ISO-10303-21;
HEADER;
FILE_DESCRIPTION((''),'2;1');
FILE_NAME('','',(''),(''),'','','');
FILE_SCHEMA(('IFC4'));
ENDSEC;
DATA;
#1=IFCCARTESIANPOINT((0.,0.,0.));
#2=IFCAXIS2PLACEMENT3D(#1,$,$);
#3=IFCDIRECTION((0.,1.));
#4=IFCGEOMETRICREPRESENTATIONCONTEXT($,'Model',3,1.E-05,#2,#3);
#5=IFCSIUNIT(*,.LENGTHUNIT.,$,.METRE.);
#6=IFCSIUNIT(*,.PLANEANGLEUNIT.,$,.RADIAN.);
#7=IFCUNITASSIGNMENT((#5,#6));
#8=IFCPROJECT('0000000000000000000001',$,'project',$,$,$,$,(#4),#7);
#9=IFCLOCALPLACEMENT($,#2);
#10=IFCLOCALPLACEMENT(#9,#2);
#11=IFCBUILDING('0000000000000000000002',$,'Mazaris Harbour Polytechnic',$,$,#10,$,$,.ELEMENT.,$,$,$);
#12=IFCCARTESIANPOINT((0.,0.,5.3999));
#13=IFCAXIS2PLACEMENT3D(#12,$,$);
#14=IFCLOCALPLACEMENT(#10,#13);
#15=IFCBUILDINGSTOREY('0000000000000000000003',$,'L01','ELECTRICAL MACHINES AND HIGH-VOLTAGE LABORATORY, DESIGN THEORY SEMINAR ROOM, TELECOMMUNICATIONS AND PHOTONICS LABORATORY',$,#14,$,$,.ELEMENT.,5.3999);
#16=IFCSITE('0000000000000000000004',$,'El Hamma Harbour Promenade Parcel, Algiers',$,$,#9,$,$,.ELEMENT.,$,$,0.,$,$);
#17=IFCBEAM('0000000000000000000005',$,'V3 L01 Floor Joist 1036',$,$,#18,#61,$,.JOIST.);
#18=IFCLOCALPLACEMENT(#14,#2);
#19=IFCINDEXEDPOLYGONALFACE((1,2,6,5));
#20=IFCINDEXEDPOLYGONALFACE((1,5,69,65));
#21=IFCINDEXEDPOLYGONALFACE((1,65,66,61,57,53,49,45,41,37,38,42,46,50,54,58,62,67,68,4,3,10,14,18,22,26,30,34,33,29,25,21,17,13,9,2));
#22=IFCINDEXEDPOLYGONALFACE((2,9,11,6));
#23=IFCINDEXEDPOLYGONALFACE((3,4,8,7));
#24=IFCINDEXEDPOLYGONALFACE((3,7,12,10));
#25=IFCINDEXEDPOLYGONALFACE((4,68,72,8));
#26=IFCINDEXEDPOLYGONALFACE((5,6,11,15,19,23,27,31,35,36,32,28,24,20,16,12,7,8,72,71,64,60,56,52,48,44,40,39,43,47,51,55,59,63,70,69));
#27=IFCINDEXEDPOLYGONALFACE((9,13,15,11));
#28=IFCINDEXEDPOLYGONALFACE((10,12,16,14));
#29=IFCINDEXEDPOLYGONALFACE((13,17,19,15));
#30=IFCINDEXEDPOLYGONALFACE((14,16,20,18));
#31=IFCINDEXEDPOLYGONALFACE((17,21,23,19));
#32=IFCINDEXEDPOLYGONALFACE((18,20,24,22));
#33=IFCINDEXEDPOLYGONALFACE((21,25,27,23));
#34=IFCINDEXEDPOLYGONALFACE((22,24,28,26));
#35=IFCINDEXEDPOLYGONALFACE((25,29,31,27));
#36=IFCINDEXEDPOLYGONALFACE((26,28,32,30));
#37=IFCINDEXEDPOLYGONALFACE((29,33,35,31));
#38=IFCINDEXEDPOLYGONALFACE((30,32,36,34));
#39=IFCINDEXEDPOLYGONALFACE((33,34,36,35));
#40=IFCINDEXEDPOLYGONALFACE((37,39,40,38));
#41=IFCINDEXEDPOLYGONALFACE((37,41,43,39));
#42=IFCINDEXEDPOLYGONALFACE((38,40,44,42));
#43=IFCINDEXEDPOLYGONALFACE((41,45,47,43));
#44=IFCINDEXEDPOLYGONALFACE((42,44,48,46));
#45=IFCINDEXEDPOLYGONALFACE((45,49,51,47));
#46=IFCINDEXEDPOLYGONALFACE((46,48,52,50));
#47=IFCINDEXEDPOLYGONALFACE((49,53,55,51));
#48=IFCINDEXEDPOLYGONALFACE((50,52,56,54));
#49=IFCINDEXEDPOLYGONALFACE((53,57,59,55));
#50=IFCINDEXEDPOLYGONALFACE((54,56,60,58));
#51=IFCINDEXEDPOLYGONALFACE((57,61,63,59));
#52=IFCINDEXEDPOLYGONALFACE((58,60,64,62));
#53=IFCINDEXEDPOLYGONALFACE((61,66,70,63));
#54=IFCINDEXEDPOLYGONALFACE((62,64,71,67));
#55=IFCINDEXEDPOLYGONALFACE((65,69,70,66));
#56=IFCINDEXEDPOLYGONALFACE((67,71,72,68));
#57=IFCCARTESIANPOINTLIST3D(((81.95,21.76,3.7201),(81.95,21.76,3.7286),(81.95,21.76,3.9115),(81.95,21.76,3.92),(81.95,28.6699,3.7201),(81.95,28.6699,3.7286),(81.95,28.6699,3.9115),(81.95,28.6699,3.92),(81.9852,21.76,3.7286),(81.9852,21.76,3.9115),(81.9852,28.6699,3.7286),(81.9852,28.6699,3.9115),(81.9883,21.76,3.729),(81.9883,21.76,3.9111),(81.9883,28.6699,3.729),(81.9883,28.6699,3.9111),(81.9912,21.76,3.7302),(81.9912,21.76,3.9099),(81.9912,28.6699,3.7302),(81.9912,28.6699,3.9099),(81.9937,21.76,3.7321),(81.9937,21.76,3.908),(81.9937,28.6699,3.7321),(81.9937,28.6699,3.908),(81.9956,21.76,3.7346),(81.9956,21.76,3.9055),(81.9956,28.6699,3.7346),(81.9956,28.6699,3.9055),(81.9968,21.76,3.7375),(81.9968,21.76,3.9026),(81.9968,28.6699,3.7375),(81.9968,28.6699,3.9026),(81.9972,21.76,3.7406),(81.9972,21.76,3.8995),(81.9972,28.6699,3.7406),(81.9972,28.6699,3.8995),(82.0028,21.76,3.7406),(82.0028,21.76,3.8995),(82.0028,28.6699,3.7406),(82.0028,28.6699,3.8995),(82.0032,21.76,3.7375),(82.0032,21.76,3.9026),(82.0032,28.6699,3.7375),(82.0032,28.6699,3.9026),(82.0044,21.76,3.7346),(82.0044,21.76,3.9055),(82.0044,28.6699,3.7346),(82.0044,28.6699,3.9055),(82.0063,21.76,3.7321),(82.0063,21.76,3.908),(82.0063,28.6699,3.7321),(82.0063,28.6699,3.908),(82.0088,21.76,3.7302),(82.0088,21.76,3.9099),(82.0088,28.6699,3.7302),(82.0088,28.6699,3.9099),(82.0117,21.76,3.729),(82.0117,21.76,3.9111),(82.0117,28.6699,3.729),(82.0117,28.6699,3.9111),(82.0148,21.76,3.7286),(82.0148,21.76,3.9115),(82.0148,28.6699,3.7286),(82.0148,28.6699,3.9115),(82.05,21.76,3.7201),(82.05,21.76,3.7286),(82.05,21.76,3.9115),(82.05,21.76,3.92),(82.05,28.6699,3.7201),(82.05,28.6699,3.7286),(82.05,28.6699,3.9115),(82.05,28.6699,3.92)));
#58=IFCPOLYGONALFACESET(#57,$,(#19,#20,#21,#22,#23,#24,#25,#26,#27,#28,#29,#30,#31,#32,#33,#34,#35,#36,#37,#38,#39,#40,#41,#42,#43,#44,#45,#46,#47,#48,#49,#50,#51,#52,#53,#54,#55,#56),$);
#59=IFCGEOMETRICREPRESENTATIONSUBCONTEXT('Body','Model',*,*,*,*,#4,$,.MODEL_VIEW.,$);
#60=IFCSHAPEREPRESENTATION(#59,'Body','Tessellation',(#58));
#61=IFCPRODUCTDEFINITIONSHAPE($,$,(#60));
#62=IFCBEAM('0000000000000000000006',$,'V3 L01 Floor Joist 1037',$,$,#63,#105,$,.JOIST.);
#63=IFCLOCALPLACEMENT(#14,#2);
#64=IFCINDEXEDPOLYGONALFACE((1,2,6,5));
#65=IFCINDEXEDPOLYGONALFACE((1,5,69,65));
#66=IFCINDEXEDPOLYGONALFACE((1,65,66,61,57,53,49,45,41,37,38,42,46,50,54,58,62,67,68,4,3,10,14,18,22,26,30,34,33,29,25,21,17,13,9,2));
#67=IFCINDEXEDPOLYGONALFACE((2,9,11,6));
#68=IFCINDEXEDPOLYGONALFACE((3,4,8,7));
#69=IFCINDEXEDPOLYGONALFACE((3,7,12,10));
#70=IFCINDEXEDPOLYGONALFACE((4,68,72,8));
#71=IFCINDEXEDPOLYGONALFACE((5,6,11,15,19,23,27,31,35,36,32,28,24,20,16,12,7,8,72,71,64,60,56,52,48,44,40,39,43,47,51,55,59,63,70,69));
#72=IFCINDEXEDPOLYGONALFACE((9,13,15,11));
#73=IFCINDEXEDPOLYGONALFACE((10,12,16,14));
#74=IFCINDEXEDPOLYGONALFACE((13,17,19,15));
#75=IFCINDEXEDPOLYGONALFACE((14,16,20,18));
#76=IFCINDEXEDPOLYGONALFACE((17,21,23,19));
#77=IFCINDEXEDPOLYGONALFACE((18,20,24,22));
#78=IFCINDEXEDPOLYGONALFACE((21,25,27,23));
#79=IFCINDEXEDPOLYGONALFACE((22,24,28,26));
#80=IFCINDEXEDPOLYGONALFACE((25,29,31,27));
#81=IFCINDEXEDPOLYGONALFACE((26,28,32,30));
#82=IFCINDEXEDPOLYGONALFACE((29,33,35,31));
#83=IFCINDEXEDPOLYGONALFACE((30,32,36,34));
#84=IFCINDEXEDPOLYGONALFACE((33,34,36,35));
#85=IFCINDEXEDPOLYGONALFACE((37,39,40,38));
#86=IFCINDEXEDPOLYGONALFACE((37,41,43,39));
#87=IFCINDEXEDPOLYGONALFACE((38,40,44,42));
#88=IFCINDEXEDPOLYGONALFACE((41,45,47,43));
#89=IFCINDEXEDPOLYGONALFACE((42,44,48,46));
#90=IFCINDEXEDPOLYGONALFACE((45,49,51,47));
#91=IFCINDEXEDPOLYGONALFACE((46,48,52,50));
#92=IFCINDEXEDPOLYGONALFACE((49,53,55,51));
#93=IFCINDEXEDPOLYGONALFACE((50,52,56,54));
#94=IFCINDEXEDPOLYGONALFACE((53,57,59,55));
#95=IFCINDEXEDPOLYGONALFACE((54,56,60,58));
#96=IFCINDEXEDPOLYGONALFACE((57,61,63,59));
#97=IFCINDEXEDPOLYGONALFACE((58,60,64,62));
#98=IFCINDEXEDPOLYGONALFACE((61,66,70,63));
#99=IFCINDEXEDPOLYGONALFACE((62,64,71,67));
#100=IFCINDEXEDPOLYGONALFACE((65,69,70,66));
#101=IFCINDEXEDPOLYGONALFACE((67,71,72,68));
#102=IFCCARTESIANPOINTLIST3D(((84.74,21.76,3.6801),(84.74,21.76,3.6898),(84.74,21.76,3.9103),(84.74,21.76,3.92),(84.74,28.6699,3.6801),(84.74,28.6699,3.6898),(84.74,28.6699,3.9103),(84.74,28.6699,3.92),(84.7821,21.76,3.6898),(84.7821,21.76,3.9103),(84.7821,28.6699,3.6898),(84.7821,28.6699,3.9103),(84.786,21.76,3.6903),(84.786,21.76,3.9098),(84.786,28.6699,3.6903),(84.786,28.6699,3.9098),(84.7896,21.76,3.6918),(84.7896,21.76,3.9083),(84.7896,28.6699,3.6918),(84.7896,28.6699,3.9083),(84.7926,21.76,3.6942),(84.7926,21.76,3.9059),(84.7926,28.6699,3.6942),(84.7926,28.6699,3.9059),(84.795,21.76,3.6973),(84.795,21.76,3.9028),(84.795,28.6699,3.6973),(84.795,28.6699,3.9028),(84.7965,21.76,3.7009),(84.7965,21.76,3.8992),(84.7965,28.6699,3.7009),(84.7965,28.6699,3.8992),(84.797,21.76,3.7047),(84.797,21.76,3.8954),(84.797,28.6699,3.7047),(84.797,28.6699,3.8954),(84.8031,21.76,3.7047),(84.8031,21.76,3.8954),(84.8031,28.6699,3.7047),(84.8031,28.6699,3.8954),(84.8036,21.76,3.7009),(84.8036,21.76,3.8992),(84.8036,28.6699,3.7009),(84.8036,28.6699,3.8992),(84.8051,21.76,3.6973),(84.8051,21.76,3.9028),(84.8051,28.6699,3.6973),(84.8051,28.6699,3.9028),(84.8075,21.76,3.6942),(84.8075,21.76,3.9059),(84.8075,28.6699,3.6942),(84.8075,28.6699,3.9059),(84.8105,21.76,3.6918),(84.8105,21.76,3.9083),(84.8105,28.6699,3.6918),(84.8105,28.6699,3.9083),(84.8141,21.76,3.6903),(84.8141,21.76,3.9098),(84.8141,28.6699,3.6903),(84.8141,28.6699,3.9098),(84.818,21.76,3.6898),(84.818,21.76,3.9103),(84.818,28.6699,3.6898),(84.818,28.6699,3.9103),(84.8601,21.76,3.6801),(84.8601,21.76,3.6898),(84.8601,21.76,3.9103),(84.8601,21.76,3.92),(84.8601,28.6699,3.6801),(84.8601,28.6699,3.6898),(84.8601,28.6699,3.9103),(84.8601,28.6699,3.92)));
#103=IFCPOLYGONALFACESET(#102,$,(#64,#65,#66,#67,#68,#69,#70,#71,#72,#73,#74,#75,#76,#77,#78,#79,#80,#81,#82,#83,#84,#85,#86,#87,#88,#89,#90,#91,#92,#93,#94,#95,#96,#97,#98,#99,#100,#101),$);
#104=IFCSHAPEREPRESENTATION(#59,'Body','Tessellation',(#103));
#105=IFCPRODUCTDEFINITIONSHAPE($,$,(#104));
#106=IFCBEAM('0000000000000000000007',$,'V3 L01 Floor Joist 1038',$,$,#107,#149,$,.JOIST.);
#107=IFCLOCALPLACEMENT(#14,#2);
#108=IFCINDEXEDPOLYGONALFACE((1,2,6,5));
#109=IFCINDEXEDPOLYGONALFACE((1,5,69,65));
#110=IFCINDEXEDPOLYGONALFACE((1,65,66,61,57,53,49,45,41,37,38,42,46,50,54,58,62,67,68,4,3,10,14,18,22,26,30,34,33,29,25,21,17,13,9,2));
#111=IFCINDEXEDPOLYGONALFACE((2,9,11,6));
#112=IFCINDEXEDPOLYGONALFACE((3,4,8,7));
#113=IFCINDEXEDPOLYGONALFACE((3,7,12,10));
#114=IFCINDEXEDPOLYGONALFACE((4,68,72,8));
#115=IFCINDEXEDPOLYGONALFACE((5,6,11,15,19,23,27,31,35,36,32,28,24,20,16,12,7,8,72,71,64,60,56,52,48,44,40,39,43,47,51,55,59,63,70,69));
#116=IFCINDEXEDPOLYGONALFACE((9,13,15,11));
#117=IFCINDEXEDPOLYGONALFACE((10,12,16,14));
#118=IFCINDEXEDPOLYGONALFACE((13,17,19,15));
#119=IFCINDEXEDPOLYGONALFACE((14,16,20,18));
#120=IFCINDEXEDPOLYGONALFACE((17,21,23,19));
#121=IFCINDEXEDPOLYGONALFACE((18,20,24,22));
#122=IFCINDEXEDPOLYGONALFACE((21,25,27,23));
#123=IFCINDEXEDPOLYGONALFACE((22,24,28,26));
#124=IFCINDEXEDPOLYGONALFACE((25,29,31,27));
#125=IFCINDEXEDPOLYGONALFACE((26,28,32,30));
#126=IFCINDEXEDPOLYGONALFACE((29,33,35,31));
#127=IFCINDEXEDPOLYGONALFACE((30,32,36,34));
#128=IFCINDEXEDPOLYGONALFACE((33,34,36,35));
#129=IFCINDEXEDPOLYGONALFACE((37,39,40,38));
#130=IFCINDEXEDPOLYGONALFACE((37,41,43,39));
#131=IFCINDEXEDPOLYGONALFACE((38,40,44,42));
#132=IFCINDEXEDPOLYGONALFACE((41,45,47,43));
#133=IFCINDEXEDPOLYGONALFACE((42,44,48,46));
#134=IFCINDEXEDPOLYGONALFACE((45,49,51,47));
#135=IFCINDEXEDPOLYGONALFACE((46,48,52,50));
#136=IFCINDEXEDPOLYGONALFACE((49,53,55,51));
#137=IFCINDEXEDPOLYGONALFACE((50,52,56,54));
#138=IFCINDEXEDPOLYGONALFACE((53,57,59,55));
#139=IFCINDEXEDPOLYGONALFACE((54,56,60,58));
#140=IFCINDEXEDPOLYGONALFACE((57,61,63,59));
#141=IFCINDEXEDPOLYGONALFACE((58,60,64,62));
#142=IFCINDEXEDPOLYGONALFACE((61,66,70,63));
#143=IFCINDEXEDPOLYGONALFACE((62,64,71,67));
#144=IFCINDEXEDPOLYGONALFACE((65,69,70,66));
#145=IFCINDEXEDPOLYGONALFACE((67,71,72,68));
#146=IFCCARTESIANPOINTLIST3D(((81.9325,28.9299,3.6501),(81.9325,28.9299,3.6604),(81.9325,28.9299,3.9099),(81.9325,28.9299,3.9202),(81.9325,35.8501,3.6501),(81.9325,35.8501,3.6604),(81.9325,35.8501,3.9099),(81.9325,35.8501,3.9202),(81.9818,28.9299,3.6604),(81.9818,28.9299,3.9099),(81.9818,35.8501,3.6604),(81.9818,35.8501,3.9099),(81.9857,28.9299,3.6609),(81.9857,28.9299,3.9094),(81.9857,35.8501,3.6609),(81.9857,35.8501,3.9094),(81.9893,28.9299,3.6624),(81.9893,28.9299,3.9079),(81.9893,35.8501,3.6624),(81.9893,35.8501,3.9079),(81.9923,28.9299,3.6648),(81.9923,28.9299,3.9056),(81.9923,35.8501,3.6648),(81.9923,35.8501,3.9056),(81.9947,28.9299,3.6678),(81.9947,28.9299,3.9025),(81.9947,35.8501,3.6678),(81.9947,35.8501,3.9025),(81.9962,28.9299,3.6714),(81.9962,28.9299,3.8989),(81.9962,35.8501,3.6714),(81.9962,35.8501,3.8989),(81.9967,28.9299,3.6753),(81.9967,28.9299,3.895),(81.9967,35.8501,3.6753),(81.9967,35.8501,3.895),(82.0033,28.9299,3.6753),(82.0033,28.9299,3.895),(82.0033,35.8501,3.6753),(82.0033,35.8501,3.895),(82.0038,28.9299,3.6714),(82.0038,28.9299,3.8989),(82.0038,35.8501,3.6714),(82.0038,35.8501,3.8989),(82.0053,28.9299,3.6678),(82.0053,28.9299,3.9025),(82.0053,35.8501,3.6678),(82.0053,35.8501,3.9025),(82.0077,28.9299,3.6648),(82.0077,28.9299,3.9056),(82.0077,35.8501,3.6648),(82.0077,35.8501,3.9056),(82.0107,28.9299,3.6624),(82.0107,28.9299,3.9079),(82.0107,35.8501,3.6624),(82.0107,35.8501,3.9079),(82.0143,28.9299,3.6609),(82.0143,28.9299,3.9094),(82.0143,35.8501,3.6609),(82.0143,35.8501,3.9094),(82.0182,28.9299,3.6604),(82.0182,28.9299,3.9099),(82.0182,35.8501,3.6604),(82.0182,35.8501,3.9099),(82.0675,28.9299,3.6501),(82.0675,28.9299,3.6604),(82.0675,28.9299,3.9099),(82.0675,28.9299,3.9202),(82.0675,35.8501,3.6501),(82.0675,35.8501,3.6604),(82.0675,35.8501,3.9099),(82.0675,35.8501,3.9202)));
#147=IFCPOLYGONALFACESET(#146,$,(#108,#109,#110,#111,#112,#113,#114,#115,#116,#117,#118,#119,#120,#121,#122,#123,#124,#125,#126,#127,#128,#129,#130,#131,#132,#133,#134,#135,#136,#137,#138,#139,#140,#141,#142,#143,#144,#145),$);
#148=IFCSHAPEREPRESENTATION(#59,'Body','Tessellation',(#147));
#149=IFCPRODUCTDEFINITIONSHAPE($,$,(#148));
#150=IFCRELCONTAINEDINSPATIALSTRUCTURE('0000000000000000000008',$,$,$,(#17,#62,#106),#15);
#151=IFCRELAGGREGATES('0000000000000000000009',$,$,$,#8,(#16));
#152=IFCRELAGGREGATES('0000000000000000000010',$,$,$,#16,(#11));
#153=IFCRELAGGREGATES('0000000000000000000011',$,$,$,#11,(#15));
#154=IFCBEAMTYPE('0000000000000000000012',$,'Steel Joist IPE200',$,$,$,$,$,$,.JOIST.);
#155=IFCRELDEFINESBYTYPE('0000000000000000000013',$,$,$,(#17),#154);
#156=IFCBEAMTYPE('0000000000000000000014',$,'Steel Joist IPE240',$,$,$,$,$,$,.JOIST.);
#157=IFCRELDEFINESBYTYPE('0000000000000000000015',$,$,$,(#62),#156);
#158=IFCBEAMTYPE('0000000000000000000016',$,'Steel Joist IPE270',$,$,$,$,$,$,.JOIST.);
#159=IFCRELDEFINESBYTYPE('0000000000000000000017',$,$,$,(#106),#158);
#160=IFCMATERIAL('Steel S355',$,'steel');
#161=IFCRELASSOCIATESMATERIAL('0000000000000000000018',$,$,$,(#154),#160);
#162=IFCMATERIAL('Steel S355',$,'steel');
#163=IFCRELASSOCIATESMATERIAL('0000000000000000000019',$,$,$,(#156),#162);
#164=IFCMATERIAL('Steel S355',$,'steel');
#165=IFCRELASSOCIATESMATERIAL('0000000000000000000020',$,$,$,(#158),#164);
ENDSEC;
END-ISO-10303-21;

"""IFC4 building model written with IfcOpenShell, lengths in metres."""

from ifc_helpers import new_model, si_unit, direction, frame, origin, origin_2d, place, context, subcontext, project, spatial, i_section, extrude, material, material_profile, profile_set, type_object, element, save


model = new_model("IFC4")

# Units and contexts
model_context = context("Model", 3, precision=1e-05, world=origin(), true_north=direction((0.0, 1.0)))
body_context = subcontext(model_context, "Body", "Model", "MODEL_VIEW")
ifc_project = project(units=[si_unit("LENGTHUNIT", "METRE"), si_unit("PLANEANGLEUNIT", "RADIAN")], contexts=[model_context])

# Site, building, storey
site_placement = place(None, origin())
site = spatial("IfcSite", under=ifc_project, at=site_placement, Name="El Hamma Harbour Promenade Parcel, Algiers", CompositionType="ELEMENT", RefElevation=0.0)
building_placement = place(site_placement, origin())
building = spatial("IfcBuilding", under=site, at=building_placement, Name="Mazaris Harbour Polytechnic", CompositionType="ELEMENT")
storey_placement = place(building_placement, frame((0.0, 0.0, 5.3999)))
storey = spatial("IfcBuildingStorey", under=building, at=storey_placement, Name="L01", Description="ELECTRICAL MACHINES AND HIGH-VOLTAGE LABORATORY, DESIGN THEORY SEMINAR ROOM, TELECOMMUNICATIONS AND PHOTONICS LABORATORY", CompositionType="ELEMENT", Elevation=5.3999)

# Beams
ifc_material_1 = material(Name="Steel S355", Category="steel")
ifc_material_profile_1 = material_profile(ifc_material_1, i_section(OverallWidth=0.1001, OverallDepth=0.2, WebThickness=0.0056, FlangeThickness=0.0085, FilletRadius=0.012, at=origin_2d()), Name="IPE 200")
ifc_profile_set_1 = profile_set([ifc_material_profile_1], Name="Steel S355")
beam_type_1 = type_object("IfcBeamType", Name="Steel Joist IPE200", PredefinedType="JOIST", material=ifc_profile_set_1)
beam_1_placement = place(storey_placement, frame((82.0, 21.76, 3.8201), z_axis=(0.0, 1.0, 0.0), x_axis=(-1.0, 0.0, 0.0)))
element("IfcBeam", 1, at=beam_1_placement, inside=storey, type_object=beam_type_1, Name="V3 L01 Floor Joist 1036", PredefinedType="JOIST", context=body_context, shape_type="SweptSolid", body=[
    extrude(i_section(OverallWidth=0.1001, OverallDepth=0.2, WebThickness=0.0056, FlangeThickness=0.0085, FilletRadius=0.012, at=origin_2d()), origin(), (0.0, 0.0, 1.0), 6.9099),
])
ifc_material_2 = material(Name="Steel S355", Category="steel")
ifc_material_profile_2 = material_profile(ifc_material_2, i_section(OverallWidth=0.1201, OverallDepth=0.24, WebThickness=0.0061, FlangeThickness=0.0098, FilletRadius=0.0149, at=origin_2d()), Name="IPE 240")
ifc_profile_set_2 = profile_set([ifc_material_profile_2], Name="Steel S355")
beam_type_2 = type_object("IfcBeamType", Name="Steel Joist IPE240", PredefinedType="JOIST", material=ifc_profile_set_2)
beam_2_placement = place(storey_placement, frame((84.8, 21.76, 3.8), z_axis=(0.0, 1.0, 0.0), x_axis=(-1.0, 0.0, 0.0)))
element("IfcBeam", 2, at=beam_2_placement, inside=storey, type_object=beam_type_2, Name="V3 L01 Floor Joist 1037", PredefinedType="JOIST", context=body_context, shape_type="SweptSolid", body=[
    extrude(i_section(OverallWidth=0.1201, OverallDepth=0.24, WebThickness=0.0061, FlangeThickness=0.0098, FilletRadius=0.0149, at=origin_2d()), origin(), (0.0, 0.0, 1.0), 6.9099),
])
ifc_material_3 = material(Name="Steel S355", Category="steel")
ifc_material_profile_3 = material_profile(ifc_material_3, i_section(OverallWidth=0.135, OverallDepth=0.27, WebThickness=0.0066, FlangeThickness=0.0103, FilletRadius=0.0149, at=origin_2d()), Name="IPE 270")
ifc_profile_set_3 = profile_set([ifc_material_profile_3], Name="Steel S355")
beam_type_3 = type_object("IfcBeamType", Name="Steel Joist IPE270", PredefinedType="JOIST", material=ifc_profile_set_3)
beam_3_placement = place(storey_placement, frame((82.0, 28.9299, 3.7852), z_axis=(0.0, 1.0, 0.0), x_axis=(-1.0, 0.0, 0.0)))
element("IfcBeam", 3, at=beam_3_placement, inside=storey, type_object=beam_type_3, Name="V3 L01 Floor Joist 1038", PredefinedType="JOIST", context=body_context, shape_type="SweptSolid", body=[
    extrude(i_section(OverallWidth=0.135, OverallDepth=0.27, WebThickness=0.0066, FlangeThickness=0.0103, FilletRadius=0.0149, at=origin_2d()), origin(), (0.0, 0.0, 1.0), 6.9202),
])

save(model, "model.ifc")
